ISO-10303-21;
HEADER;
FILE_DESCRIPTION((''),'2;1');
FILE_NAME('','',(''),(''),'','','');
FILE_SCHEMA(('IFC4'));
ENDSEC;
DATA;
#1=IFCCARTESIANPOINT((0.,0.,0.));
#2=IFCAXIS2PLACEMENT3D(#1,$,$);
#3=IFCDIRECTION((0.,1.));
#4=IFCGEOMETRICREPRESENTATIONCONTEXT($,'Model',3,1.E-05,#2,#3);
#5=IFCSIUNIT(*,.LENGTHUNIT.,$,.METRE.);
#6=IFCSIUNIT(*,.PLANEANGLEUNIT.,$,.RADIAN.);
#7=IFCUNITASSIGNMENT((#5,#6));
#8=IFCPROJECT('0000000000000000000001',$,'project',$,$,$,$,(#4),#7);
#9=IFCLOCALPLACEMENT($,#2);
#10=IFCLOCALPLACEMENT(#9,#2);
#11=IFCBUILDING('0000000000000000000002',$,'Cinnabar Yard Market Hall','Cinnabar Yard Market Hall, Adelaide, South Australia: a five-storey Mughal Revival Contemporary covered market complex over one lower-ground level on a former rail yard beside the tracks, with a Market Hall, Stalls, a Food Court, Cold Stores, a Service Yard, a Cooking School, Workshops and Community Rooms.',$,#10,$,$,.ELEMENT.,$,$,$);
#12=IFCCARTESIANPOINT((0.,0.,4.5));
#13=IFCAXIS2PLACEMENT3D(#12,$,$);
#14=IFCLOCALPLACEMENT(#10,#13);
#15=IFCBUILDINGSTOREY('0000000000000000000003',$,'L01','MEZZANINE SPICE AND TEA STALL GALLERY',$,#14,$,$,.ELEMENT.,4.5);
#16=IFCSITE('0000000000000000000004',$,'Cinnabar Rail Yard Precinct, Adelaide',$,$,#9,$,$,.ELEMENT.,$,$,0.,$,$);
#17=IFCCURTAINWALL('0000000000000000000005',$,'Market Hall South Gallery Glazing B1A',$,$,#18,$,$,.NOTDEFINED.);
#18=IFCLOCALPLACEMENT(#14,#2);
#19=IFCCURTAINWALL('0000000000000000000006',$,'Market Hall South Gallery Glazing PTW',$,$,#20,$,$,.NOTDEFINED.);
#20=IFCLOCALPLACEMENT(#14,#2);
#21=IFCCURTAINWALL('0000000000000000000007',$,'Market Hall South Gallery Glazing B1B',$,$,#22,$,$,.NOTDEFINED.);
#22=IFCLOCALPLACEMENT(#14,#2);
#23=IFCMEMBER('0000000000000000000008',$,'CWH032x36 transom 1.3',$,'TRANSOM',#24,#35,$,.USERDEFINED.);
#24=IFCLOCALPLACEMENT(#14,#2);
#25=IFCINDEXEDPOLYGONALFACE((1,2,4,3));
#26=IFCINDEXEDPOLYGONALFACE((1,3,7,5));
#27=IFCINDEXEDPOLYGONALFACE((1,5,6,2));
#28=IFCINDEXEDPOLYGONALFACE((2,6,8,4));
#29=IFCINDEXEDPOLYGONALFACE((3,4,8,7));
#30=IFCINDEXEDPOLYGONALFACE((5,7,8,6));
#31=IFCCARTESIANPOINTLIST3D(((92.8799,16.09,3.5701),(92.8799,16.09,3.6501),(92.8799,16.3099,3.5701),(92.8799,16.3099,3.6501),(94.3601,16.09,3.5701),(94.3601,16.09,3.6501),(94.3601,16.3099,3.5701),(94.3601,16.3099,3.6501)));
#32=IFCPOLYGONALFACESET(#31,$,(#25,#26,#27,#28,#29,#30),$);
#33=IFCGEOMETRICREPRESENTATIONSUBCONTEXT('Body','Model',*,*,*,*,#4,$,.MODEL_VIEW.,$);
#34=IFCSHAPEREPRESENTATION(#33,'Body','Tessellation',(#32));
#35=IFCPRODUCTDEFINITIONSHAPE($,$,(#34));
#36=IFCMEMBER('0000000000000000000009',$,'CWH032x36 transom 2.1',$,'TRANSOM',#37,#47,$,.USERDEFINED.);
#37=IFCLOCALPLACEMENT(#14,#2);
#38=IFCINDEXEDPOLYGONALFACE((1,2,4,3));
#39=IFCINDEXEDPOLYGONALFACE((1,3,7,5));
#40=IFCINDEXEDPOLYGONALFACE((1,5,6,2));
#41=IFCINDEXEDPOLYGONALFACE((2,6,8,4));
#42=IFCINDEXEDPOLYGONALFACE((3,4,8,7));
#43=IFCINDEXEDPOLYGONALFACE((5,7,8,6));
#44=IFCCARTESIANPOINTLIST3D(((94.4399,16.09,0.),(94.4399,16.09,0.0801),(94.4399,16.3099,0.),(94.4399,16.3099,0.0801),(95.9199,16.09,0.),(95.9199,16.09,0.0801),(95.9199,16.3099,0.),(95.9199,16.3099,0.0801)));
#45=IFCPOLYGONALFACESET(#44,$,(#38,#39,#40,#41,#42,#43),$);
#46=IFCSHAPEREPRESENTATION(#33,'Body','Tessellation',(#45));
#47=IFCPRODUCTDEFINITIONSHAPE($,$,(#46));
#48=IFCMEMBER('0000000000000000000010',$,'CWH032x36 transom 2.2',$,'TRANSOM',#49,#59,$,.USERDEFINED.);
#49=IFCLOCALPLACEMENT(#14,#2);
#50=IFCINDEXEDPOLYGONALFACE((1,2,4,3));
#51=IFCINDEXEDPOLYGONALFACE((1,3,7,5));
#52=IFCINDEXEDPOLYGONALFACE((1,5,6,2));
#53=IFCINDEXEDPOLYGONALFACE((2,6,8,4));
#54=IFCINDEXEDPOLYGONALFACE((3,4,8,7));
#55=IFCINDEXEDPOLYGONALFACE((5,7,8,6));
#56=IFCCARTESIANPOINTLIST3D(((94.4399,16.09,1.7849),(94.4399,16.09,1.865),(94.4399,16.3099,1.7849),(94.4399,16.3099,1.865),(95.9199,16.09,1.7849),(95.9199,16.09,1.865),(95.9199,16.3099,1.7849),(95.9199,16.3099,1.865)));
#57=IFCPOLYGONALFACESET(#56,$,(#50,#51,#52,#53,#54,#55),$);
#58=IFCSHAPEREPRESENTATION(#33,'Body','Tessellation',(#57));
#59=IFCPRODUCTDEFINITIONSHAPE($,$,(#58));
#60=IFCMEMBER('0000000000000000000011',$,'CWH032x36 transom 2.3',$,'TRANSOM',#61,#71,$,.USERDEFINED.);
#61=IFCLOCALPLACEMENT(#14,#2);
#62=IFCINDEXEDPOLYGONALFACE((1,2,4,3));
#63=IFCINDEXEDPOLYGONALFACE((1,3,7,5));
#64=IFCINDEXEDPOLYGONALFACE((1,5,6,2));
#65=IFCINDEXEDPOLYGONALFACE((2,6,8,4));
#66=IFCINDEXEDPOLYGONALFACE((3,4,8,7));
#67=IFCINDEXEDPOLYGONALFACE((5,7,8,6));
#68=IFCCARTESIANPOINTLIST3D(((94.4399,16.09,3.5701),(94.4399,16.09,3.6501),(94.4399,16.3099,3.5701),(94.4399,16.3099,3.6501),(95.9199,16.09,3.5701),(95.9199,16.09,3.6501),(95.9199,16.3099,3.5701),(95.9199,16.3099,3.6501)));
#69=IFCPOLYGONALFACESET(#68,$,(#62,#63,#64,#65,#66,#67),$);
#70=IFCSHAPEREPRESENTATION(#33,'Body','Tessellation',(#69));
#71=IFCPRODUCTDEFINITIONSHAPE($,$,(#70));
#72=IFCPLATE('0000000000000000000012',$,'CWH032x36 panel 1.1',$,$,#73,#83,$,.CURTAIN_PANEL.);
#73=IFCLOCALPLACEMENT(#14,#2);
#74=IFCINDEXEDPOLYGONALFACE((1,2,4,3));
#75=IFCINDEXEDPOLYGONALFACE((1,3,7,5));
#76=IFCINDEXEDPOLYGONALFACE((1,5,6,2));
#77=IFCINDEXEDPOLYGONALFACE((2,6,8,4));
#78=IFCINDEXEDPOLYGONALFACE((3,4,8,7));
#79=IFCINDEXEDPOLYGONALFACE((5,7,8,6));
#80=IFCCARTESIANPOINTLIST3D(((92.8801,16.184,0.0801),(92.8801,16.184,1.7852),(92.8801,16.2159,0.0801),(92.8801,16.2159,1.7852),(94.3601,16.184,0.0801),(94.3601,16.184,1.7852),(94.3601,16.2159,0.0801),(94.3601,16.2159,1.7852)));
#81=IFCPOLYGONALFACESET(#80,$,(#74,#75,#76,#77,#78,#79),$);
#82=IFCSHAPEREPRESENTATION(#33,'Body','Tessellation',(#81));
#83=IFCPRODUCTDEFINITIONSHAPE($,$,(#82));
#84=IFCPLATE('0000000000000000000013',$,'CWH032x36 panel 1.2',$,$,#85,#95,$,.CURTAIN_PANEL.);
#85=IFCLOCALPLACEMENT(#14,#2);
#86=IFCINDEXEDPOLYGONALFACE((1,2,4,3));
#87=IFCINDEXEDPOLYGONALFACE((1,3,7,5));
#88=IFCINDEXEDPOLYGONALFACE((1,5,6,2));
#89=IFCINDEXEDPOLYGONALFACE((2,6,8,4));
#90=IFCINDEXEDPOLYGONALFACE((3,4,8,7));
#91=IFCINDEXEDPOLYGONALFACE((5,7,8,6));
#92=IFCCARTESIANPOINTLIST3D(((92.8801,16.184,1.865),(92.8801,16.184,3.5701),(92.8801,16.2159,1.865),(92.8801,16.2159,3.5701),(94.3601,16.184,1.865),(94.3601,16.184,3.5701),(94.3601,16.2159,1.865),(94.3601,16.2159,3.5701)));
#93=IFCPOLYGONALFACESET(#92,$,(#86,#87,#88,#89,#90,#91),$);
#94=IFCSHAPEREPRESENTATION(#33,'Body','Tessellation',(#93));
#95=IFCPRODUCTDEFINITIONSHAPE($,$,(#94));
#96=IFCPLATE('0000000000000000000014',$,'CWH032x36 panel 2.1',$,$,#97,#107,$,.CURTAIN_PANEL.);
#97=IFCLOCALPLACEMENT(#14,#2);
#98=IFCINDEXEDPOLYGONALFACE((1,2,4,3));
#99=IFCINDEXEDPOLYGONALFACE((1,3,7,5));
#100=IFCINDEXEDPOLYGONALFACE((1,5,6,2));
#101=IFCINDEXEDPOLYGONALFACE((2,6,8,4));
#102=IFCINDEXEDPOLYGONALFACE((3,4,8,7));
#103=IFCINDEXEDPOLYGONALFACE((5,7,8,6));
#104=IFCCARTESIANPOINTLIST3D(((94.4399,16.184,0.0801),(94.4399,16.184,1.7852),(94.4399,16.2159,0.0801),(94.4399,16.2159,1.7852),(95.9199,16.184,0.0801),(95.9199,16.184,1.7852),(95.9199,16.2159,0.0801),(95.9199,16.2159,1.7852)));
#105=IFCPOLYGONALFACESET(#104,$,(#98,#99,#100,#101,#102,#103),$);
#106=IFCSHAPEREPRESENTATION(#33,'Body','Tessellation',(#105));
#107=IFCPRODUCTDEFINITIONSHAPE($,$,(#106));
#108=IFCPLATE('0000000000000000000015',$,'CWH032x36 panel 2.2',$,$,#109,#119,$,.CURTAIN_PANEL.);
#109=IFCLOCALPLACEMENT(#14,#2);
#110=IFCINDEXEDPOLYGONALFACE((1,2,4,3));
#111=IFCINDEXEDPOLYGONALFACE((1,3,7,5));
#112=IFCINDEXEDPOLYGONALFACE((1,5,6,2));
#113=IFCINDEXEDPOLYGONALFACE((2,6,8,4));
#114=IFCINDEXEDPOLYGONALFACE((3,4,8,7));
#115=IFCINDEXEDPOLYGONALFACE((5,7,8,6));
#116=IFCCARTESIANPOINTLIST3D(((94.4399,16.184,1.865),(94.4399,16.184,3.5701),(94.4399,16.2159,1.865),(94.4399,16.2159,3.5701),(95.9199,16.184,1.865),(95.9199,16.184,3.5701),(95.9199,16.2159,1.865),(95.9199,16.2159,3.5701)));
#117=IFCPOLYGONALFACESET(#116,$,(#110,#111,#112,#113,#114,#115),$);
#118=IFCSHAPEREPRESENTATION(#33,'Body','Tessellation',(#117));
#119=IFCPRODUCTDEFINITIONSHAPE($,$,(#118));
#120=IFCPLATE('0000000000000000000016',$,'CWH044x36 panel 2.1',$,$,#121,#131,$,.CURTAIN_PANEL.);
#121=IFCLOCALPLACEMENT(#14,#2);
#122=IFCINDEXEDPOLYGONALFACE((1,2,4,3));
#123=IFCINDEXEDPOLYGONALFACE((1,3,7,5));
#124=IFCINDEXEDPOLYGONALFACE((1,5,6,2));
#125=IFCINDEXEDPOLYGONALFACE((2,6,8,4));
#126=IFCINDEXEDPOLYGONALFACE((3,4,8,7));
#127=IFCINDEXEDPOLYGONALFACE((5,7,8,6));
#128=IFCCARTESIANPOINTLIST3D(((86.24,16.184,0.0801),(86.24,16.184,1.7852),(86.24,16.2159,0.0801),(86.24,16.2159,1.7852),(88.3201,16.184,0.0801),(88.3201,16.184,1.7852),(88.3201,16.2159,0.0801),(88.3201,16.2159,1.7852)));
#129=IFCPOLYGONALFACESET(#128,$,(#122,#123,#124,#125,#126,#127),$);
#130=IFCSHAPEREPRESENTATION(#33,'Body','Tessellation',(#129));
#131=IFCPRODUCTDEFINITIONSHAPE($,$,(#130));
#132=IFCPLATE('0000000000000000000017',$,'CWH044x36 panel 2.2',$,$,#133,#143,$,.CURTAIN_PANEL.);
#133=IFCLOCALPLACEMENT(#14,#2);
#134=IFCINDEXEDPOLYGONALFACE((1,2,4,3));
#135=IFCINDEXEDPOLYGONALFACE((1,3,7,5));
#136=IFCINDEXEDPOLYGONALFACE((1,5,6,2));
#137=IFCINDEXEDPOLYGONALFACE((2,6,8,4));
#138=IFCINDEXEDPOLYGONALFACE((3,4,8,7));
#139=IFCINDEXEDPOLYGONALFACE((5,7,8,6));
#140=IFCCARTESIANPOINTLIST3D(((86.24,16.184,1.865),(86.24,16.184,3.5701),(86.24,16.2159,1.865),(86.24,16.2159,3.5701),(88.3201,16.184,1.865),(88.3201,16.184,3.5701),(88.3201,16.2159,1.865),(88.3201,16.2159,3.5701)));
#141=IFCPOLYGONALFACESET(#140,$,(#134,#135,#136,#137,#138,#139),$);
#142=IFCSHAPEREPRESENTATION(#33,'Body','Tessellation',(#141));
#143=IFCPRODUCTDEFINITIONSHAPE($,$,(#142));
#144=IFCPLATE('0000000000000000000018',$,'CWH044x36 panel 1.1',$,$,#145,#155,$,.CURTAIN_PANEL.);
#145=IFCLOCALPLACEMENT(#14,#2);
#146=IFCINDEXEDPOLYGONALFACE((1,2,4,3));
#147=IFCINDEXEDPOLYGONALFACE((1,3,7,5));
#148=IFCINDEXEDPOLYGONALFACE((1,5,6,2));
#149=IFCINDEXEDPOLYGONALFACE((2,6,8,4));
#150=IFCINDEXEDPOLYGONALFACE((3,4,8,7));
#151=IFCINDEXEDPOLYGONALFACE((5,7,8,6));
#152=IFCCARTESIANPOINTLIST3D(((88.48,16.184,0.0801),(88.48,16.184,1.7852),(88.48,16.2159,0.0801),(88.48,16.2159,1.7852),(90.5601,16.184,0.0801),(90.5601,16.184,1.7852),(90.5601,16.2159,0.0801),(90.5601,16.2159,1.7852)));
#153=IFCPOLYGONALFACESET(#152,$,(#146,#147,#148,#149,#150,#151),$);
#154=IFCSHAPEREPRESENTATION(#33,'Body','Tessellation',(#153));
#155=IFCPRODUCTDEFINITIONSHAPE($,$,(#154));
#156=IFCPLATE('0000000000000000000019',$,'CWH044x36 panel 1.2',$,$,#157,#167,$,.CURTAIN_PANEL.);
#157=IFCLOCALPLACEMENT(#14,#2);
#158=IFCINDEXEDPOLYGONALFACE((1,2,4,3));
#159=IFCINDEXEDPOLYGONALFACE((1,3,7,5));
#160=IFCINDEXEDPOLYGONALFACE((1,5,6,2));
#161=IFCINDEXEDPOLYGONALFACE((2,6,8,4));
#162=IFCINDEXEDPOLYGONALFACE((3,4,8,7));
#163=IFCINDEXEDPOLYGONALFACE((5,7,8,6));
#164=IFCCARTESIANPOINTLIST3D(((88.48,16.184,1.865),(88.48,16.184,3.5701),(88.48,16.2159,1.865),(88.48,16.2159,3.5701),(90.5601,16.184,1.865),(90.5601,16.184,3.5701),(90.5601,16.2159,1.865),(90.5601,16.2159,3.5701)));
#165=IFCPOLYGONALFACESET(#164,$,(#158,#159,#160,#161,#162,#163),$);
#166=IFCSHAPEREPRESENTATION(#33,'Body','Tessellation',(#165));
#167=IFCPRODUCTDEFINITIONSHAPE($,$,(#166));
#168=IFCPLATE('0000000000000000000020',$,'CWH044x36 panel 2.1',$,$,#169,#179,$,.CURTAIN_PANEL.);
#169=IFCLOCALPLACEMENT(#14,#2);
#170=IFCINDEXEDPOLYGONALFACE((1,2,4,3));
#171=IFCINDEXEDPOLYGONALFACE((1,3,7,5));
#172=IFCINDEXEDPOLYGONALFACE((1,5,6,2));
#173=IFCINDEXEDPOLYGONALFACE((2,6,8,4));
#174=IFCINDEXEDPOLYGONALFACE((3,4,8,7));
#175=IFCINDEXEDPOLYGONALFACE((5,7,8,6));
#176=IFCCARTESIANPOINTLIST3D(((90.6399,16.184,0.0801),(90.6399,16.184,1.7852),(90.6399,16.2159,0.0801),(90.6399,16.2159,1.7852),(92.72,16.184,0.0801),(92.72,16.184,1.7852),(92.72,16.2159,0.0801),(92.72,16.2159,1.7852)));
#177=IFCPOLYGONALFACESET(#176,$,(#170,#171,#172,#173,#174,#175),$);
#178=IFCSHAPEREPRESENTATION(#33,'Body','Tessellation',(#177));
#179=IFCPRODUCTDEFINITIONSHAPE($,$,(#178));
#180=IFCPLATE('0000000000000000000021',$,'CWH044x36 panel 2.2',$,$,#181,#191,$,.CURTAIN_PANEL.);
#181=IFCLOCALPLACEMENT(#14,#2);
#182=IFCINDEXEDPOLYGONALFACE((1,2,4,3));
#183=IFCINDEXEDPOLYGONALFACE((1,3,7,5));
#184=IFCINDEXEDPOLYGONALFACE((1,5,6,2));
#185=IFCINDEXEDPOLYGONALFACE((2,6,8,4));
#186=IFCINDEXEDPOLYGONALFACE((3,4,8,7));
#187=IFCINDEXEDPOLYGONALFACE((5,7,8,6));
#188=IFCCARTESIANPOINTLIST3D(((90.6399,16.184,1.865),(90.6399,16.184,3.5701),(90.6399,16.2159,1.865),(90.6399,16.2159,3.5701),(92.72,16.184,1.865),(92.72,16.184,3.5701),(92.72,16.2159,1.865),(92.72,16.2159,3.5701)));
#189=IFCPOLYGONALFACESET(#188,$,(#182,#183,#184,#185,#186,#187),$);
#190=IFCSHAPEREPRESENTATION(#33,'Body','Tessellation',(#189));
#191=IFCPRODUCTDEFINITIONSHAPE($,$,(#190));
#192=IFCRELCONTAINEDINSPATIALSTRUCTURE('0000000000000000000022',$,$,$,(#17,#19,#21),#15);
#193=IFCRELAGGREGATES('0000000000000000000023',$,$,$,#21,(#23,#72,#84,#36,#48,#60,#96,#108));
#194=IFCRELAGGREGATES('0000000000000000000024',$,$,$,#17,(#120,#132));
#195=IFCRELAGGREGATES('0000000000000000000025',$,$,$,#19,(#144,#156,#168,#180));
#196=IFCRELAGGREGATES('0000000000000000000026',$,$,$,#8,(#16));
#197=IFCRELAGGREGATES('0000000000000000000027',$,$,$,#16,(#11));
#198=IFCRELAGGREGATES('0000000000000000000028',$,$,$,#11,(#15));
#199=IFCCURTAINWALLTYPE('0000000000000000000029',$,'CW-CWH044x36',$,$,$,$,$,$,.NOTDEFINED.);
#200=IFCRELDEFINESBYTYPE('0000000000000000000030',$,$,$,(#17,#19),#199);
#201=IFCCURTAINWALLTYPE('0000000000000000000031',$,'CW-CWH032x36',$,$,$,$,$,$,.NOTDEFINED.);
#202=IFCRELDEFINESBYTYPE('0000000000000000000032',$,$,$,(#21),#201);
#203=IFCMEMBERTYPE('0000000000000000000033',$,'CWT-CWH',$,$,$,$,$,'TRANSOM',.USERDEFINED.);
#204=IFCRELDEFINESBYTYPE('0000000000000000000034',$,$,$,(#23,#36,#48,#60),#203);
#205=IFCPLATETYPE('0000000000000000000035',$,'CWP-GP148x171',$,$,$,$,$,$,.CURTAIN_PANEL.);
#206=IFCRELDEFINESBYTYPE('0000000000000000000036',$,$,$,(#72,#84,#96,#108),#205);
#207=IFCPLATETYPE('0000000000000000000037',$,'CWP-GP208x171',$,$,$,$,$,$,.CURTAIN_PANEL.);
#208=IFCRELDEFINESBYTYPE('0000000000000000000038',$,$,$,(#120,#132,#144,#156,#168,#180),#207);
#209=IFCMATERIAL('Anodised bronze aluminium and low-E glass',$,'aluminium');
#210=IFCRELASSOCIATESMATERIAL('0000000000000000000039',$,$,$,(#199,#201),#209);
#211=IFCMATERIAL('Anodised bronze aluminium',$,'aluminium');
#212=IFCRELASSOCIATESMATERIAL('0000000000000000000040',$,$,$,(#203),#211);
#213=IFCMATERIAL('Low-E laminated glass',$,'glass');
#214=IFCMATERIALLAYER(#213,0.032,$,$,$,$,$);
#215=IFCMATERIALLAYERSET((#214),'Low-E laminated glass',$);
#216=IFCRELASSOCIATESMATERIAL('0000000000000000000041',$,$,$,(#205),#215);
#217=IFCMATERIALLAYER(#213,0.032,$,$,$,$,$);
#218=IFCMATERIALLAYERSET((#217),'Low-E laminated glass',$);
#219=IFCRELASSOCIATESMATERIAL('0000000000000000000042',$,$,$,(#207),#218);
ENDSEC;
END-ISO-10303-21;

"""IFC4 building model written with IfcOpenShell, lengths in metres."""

from ifc_helpers import new_model, si_unit, direction, frame, origin, origin_2d_with_axis, place, context, subcontext, project, spatial, rectangle, extrude, material, layer, layer_set, material_profile, profile_set, type_object, element, aggregate, save


model = new_model("IFC4")

# Units and contexts
model_context = context("Model", 3, precision=1e-05, world=origin(), true_north=direction((0.0, 1.0)))
body_context = subcontext(model_context, "Body", "Model", "MODEL_VIEW")
ifc_project = project(units=[si_unit("LENGTHUNIT", "METRE"), si_unit("PLANEANGLEUNIT", "RADIAN")], contexts=[model_context])

# Site, building, storey
site_placement = place(None, origin())
site = spatial("IfcSite", under=ifc_project, at=site_placement, Name="Cinnabar Rail Yard Precinct, Adelaide", CompositionType="ELEMENT", RefElevation=0.0)
building_placement = place(site_placement, origin())
building = spatial("IfcBuilding", under=site, at=building_placement, Name="Cinnabar Yard Market Hall", Description="Cinnabar Yard Market Hall, Adelaide, South Australia: a five-storey Mughal Revival Contemporary covered market complex over one lower-ground level on a former rail yard beside the tracks, with a Market Hall, Stalls, a Food Court, Cold Stores, a Service Yard, a Cooking School, Workshops and Community Rooms.", CompositionType="ELEMENT")
storey_placement = place(building_placement, frame((0.0, 0.0, 4.5)))
storey = spatial("IfcBuildingStorey", under=building, at=storey_placement, Name="L01", Description="MEZZANINE SPICE AND TEA STALL GALLERY", CompositionType="ELEMENT", Elevation=4.5)

# Curtain wall
ifc_material_1 = material(Name="Anodised bronze aluminium and low-E glass", Category="aluminium")
curtain_wall_type_1 = type_object("IfcCurtainWallType", Name="CW-CWH044x36", PredefinedType="NOTDEFINED", material=ifc_material_1)
curtain_wall_1_placement = place(storey_placement, origin())
curtain_wall_1 = element("IfcCurtainWall", 1, at=curtain_wall_1_placement, inside=storey, type_object=curtain_wall_type_1, Name="Market Hall South Gallery Glazing B1A", PredefinedType="NOTDEFINED")
ifc_material_2 = material(Name="Anodised bronze aluminium", Category="aluminium")

# Curtain walls
curtain_wall_2_placement = place(storey_placement, origin())
curtain_wall_2 = element("IfcCurtainWall", 2, at=curtain_wall_2_placement, inside=storey, type_object=curtain_wall_type_1, Name="Market Hall South Gallery Glazing PTW", PredefinedType="NOTDEFINED")
curtain_wall_type_2 = type_object("IfcCurtainWallType", Name="CW-CWH032x36", PredefinedType="NOTDEFINED", material=ifc_material_1)
curtain_wall_3_placement = place(storey_placement, origin())
curtain_wall_3 = element("IfcCurtainWall", 3, at=curtain_wall_3_placement, inside=storey, type_object=curtain_wall_type_2, Name="Market Hall South Gallery Glazing B1B", PredefinedType="NOTDEFINED")

# Members
ifc_material_profile_1 = material_profile(ifc_material_2, rectangle(XDim=0.22, YDim=0.0801, at=origin_2d_with_axis()), Name="TRN-CWH")
ifc_profile_set_1 = profile_set([ifc_material_profile_1], Name="Anodised bronze aluminium")
member_type_1 = type_object("IfcMemberType", Name="CWT-CWH", ElementType="TRANSOM", PredefinedType="USERDEFINED", material=ifc_profile_set_1)
member_1_placement = place(storey_placement, frame((92.8799, 16.2, 3.6101), z_axis=(1.0, 0.0, 0.0), x_axis=(0.0, 1.0, 0.0)))
member_1 = element("IfcMember", 4, at=member_1_placement, type_object=member_type_1, Name="CWH032x36 transom 1.3", ObjectType="TRANSOM", PredefinedType="USERDEFINED", context=body_context, shape_type="SweptSolid", body=[
    extrude(rectangle(XDim=0.22, YDim=0.0801, at=origin_2d_with_axis()), origin(), (0.0, 0.0, 1.0), 1.4802),
])
member_2_placement = place(storey_placement, frame((94.4399, 16.2, 0.04), z_axis=(1.0, 0.0, 0.0), x_axis=(0.0, 1.0, 0.0)))
member_2 = element("IfcMember", 5, at=member_2_placement, type_object=member_type_1, Name="CWH032x36 transom 2.1", ObjectType="TRANSOM", PredefinedType="USERDEFINED", context=body_context, shape_type="SweptSolid", body=[
    extrude(rectangle(XDim=0.22, YDim=0.0801, at=origin_2d_with_axis()), origin(), (0.0, 0.0, 1.0), 1.48),
])
member_3_placement = place(storey_placement, frame((94.4399, 16.2, 1.825), z_axis=(1.0, 0.0, 0.0), x_axis=(0.0, 1.0, 0.0)))
member_3 = element("IfcMember", 6, at=member_3_placement, type_object=member_type_1, Name="CWH032x36 transom 2.2", ObjectType="TRANSOM", PredefinedType="USERDEFINED", context=body_context, shape_type="SweptSolid", body=[
    extrude(rectangle(XDim=0.22, YDim=0.0801, at=origin_2d_with_axis()), origin(), (0.0, 0.0, 1.0), 1.48),
])
member_4_placement = place(storey_placement, frame((94.4399, 16.2, 3.6101), z_axis=(1.0, 0.0, 0.0), x_axis=(0.0, 1.0, 0.0)))
member_4 = element("IfcMember", 7, at=member_4_placement, type_object=member_type_1, Name="CWH032x36 transom 2.3", ObjectType="TRANSOM", PredefinedType="USERDEFINED", context=body_context, shape_type="SweptSolid", body=[
    extrude(rectangle(XDim=0.22, YDim=0.0801, at=origin_2d_with_axis()), origin(), (0.0, 0.0, 1.0), 1.48),
])

# Plates
ifc_material_3 = material(Name="Low-E laminated glass", Category="glass")
ifc_layer_1 = layer(ifc_material_3, 0.032)
ifc_layer_set_1 = layer_set([ifc_layer_1], Name="Low-E laminated glass")
plate_type_1 = type_object("IfcPlateType", Name="CWP-GP148x171", PredefinedType="CURTAIN_PANEL", material=ifc_layer_set_1)
plate_1_placement = place(storey_placement, frame((93.6201, 16.2, 0.0801), z_axis=(0.0, 0.0, 1.0), x_axis=(1.0, 0.0, 0.0)))
plate_1 = element("IfcPlate", 8, at=plate_1_placement, type_object=plate_type_1, Name="CWH032x36 panel 1.1", PredefinedType="CURTAIN_PANEL", context=body_context, shape_type="SweptSolid", body=[
    extrude(rectangle(XDim=1.48, YDim=0.032, at=origin_2d_with_axis()), origin(), (0.0, 0.0, 1.0), 1.7051),
])
plate_2_placement = place(storey_placement, frame((93.6201, 16.2, 1.865), z_axis=(0.0, 0.0, 1.0), x_axis=(1.0, 0.0, 0.0)))
plate_2 = element("IfcPlate", 9, at=plate_2_placement, type_object=plate_type_1, Name="CWH032x36 panel 1.2", PredefinedType="CURTAIN_PANEL", context=body_context, shape_type="SweptSolid", body=[
    extrude(rectangle(XDim=1.48, YDim=0.032, at=origin_2d_with_axis()), origin(), (0.0, 0.0, 1.0), 1.7051),
])
plate_3_placement = place(storey_placement, frame((95.1799, 16.2, 0.0801), z_axis=(0.0, 0.0, 1.0), x_axis=(1.0, 0.0, 0.0)))
plate_3 = element("IfcPlate", 10, at=plate_3_placement, type_object=plate_type_1, Name="CWH032x36 panel 2.1", PredefinedType="CURTAIN_PANEL", context=body_context, shape_type="SweptSolid", body=[
    extrude(rectangle(XDim=1.48, YDim=0.032, at=origin_2d_with_axis()), origin(), (0.0, 0.0, 1.0), 1.7051),
])
plate_4_placement = place(storey_placement, frame((95.1799, 16.2, 1.865), z_axis=(0.0, 0.0, 1.0), x_axis=(1.0, 0.0, 0.0)))
plate_4 = element("IfcPlate", 11, at=plate_4_placement, type_object=plate_type_1, Name="CWH032x36 panel 2.2", PredefinedType="CURTAIN_PANEL", context=body_context, shape_type="SweptSolid", body=[
    extrude(rectangle(XDim=1.48, YDim=0.032, at=origin_2d_with_axis()), origin(), (0.0, 0.0, 1.0), 1.7051),
])
aggregate(curtain_wall_3, [member_1, plate_1, plate_2, member_2, member_3, member_4, plate_3, plate_4])
ifc_layer_2 = layer(ifc_material_3, 0.032)
ifc_layer_set_2 = layer_set([ifc_layer_2], Name="Low-E laminated glass")
plate_type_2 = type_object("IfcPlateType", Name="CWP-GP208x171", PredefinedType="CURTAIN_PANEL", material=ifc_layer_set_2)
plate_5_placement = place(storey_placement, frame((87.28, 16.2, 0.0801), z_axis=(0.0, 0.0, 1.0), x_axis=(1.0, 0.0, 0.0)))
plate_5 = element("IfcPlate", 12, at=plate_5_placement, type_object=plate_type_2, Name="CWH044x36 panel 2.1", PredefinedType="CURTAIN_PANEL", context=body_context, shape_type="SweptSolid", body=[
    extrude(rectangle(XDim=2.0801, YDim=0.032, at=origin_2d_with_axis()), origin(), (0.0, 0.0, 1.0), 1.7051),
])
plate_6_placement = place(storey_placement, frame((87.28, 16.2, 1.865), z_axis=(0.0, 0.0, 1.0), x_axis=(1.0, 0.0, 0.0)))
plate_6 = element("IfcPlate", 13, at=plate_6_placement, type_object=plate_type_2, Name="CWH044x36 panel 2.2", PredefinedType="CURTAIN_PANEL", context=body_context, shape_type="SweptSolid", body=[
    extrude(rectangle(XDim=2.0801, YDim=0.032, at=origin_2d_with_axis()), origin(), (0.0, 0.0, 1.0), 1.7051),
])
aggregate(curtain_wall_1, [plate_5, plate_6])
plate_7_placement = place(storey_placement, frame((89.52, 16.2, 0.0801), z_axis=(0.0, 0.0, 1.0), x_axis=(1.0, 0.0, 0.0)))
plate_7 = element("IfcPlate", 14, at=plate_7_placement, type_object=plate_type_2, Name="CWH044x36 panel 1.1", PredefinedType="CURTAIN_PANEL", context=body_context, shape_type="SweptSolid", body=[
    extrude(rectangle(XDim=2.0801, YDim=0.032, at=origin_2d_with_axis()), origin(), (0.0, 0.0, 1.0), 1.7051),
])
plate_8_placement = place(storey_placement, frame((89.52, 16.2, 1.865), z_axis=(0.0, 0.0, 1.0), x_axis=(1.0, 0.0, 0.0)))
plate_8 = element("IfcPlate", 15, at=plate_8_placement, type_object=plate_type_2, Name="CWH044x36 panel 1.2", PredefinedType="CURTAIN_PANEL", context=body_context, shape_type="SweptSolid", body=[
    extrude(rectangle(XDim=2.0801, YDim=0.032, at=origin_2d_with_axis()), origin(), (0.0, 0.0, 1.0), 1.7051),
])
plate_9_placement = place(storey_placement, frame((91.6799, 16.2, 0.0801), z_axis=(0.0, 0.0, 1.0), x_axis=(1.0, 0.0, 0.0)))
plate_9 = element("IfcPlate", 16, at=plate_9_placement, type_object=plate_type_2, Name="CWH044x36 panel 2.1", PredefinedType="CURTAIN_PANEL", context=body_context, shape_type="SweptSolid", body=[
    extrude(rectangle(XDim=2.0801, YDim=0.032, at=origin_2d_with_axis()), origin(), (0.0, 0.0, 1.0), 1.7051),
])
plate_10_placement = place(storey_placement, frame((91.6799, 16.2, 1.865), z_axis=(0.0, 0.0, 1.0), x_axis=(1.0, 0.0, 0.0)))
plate_10 = element("IfcPlate", 17, at=plate_10_placement, type_object=plate_type_2, Name="CWH044x36 panel 2.2", PredefinedType="CURTAIN_PANEL", context=body_context, shape_type="SweptSolid", body=[
    extrude(rectangle(XDim=2.0801, YDim=0.032, at=origin_2d_with_axis()), origin(), (0.0, 0.0, 1.0), 1.7051),
])
aggregate(curtain_wall_2, [plate_7, plate_8, plate_9, plate_10])

save(model, "model.ifc")
